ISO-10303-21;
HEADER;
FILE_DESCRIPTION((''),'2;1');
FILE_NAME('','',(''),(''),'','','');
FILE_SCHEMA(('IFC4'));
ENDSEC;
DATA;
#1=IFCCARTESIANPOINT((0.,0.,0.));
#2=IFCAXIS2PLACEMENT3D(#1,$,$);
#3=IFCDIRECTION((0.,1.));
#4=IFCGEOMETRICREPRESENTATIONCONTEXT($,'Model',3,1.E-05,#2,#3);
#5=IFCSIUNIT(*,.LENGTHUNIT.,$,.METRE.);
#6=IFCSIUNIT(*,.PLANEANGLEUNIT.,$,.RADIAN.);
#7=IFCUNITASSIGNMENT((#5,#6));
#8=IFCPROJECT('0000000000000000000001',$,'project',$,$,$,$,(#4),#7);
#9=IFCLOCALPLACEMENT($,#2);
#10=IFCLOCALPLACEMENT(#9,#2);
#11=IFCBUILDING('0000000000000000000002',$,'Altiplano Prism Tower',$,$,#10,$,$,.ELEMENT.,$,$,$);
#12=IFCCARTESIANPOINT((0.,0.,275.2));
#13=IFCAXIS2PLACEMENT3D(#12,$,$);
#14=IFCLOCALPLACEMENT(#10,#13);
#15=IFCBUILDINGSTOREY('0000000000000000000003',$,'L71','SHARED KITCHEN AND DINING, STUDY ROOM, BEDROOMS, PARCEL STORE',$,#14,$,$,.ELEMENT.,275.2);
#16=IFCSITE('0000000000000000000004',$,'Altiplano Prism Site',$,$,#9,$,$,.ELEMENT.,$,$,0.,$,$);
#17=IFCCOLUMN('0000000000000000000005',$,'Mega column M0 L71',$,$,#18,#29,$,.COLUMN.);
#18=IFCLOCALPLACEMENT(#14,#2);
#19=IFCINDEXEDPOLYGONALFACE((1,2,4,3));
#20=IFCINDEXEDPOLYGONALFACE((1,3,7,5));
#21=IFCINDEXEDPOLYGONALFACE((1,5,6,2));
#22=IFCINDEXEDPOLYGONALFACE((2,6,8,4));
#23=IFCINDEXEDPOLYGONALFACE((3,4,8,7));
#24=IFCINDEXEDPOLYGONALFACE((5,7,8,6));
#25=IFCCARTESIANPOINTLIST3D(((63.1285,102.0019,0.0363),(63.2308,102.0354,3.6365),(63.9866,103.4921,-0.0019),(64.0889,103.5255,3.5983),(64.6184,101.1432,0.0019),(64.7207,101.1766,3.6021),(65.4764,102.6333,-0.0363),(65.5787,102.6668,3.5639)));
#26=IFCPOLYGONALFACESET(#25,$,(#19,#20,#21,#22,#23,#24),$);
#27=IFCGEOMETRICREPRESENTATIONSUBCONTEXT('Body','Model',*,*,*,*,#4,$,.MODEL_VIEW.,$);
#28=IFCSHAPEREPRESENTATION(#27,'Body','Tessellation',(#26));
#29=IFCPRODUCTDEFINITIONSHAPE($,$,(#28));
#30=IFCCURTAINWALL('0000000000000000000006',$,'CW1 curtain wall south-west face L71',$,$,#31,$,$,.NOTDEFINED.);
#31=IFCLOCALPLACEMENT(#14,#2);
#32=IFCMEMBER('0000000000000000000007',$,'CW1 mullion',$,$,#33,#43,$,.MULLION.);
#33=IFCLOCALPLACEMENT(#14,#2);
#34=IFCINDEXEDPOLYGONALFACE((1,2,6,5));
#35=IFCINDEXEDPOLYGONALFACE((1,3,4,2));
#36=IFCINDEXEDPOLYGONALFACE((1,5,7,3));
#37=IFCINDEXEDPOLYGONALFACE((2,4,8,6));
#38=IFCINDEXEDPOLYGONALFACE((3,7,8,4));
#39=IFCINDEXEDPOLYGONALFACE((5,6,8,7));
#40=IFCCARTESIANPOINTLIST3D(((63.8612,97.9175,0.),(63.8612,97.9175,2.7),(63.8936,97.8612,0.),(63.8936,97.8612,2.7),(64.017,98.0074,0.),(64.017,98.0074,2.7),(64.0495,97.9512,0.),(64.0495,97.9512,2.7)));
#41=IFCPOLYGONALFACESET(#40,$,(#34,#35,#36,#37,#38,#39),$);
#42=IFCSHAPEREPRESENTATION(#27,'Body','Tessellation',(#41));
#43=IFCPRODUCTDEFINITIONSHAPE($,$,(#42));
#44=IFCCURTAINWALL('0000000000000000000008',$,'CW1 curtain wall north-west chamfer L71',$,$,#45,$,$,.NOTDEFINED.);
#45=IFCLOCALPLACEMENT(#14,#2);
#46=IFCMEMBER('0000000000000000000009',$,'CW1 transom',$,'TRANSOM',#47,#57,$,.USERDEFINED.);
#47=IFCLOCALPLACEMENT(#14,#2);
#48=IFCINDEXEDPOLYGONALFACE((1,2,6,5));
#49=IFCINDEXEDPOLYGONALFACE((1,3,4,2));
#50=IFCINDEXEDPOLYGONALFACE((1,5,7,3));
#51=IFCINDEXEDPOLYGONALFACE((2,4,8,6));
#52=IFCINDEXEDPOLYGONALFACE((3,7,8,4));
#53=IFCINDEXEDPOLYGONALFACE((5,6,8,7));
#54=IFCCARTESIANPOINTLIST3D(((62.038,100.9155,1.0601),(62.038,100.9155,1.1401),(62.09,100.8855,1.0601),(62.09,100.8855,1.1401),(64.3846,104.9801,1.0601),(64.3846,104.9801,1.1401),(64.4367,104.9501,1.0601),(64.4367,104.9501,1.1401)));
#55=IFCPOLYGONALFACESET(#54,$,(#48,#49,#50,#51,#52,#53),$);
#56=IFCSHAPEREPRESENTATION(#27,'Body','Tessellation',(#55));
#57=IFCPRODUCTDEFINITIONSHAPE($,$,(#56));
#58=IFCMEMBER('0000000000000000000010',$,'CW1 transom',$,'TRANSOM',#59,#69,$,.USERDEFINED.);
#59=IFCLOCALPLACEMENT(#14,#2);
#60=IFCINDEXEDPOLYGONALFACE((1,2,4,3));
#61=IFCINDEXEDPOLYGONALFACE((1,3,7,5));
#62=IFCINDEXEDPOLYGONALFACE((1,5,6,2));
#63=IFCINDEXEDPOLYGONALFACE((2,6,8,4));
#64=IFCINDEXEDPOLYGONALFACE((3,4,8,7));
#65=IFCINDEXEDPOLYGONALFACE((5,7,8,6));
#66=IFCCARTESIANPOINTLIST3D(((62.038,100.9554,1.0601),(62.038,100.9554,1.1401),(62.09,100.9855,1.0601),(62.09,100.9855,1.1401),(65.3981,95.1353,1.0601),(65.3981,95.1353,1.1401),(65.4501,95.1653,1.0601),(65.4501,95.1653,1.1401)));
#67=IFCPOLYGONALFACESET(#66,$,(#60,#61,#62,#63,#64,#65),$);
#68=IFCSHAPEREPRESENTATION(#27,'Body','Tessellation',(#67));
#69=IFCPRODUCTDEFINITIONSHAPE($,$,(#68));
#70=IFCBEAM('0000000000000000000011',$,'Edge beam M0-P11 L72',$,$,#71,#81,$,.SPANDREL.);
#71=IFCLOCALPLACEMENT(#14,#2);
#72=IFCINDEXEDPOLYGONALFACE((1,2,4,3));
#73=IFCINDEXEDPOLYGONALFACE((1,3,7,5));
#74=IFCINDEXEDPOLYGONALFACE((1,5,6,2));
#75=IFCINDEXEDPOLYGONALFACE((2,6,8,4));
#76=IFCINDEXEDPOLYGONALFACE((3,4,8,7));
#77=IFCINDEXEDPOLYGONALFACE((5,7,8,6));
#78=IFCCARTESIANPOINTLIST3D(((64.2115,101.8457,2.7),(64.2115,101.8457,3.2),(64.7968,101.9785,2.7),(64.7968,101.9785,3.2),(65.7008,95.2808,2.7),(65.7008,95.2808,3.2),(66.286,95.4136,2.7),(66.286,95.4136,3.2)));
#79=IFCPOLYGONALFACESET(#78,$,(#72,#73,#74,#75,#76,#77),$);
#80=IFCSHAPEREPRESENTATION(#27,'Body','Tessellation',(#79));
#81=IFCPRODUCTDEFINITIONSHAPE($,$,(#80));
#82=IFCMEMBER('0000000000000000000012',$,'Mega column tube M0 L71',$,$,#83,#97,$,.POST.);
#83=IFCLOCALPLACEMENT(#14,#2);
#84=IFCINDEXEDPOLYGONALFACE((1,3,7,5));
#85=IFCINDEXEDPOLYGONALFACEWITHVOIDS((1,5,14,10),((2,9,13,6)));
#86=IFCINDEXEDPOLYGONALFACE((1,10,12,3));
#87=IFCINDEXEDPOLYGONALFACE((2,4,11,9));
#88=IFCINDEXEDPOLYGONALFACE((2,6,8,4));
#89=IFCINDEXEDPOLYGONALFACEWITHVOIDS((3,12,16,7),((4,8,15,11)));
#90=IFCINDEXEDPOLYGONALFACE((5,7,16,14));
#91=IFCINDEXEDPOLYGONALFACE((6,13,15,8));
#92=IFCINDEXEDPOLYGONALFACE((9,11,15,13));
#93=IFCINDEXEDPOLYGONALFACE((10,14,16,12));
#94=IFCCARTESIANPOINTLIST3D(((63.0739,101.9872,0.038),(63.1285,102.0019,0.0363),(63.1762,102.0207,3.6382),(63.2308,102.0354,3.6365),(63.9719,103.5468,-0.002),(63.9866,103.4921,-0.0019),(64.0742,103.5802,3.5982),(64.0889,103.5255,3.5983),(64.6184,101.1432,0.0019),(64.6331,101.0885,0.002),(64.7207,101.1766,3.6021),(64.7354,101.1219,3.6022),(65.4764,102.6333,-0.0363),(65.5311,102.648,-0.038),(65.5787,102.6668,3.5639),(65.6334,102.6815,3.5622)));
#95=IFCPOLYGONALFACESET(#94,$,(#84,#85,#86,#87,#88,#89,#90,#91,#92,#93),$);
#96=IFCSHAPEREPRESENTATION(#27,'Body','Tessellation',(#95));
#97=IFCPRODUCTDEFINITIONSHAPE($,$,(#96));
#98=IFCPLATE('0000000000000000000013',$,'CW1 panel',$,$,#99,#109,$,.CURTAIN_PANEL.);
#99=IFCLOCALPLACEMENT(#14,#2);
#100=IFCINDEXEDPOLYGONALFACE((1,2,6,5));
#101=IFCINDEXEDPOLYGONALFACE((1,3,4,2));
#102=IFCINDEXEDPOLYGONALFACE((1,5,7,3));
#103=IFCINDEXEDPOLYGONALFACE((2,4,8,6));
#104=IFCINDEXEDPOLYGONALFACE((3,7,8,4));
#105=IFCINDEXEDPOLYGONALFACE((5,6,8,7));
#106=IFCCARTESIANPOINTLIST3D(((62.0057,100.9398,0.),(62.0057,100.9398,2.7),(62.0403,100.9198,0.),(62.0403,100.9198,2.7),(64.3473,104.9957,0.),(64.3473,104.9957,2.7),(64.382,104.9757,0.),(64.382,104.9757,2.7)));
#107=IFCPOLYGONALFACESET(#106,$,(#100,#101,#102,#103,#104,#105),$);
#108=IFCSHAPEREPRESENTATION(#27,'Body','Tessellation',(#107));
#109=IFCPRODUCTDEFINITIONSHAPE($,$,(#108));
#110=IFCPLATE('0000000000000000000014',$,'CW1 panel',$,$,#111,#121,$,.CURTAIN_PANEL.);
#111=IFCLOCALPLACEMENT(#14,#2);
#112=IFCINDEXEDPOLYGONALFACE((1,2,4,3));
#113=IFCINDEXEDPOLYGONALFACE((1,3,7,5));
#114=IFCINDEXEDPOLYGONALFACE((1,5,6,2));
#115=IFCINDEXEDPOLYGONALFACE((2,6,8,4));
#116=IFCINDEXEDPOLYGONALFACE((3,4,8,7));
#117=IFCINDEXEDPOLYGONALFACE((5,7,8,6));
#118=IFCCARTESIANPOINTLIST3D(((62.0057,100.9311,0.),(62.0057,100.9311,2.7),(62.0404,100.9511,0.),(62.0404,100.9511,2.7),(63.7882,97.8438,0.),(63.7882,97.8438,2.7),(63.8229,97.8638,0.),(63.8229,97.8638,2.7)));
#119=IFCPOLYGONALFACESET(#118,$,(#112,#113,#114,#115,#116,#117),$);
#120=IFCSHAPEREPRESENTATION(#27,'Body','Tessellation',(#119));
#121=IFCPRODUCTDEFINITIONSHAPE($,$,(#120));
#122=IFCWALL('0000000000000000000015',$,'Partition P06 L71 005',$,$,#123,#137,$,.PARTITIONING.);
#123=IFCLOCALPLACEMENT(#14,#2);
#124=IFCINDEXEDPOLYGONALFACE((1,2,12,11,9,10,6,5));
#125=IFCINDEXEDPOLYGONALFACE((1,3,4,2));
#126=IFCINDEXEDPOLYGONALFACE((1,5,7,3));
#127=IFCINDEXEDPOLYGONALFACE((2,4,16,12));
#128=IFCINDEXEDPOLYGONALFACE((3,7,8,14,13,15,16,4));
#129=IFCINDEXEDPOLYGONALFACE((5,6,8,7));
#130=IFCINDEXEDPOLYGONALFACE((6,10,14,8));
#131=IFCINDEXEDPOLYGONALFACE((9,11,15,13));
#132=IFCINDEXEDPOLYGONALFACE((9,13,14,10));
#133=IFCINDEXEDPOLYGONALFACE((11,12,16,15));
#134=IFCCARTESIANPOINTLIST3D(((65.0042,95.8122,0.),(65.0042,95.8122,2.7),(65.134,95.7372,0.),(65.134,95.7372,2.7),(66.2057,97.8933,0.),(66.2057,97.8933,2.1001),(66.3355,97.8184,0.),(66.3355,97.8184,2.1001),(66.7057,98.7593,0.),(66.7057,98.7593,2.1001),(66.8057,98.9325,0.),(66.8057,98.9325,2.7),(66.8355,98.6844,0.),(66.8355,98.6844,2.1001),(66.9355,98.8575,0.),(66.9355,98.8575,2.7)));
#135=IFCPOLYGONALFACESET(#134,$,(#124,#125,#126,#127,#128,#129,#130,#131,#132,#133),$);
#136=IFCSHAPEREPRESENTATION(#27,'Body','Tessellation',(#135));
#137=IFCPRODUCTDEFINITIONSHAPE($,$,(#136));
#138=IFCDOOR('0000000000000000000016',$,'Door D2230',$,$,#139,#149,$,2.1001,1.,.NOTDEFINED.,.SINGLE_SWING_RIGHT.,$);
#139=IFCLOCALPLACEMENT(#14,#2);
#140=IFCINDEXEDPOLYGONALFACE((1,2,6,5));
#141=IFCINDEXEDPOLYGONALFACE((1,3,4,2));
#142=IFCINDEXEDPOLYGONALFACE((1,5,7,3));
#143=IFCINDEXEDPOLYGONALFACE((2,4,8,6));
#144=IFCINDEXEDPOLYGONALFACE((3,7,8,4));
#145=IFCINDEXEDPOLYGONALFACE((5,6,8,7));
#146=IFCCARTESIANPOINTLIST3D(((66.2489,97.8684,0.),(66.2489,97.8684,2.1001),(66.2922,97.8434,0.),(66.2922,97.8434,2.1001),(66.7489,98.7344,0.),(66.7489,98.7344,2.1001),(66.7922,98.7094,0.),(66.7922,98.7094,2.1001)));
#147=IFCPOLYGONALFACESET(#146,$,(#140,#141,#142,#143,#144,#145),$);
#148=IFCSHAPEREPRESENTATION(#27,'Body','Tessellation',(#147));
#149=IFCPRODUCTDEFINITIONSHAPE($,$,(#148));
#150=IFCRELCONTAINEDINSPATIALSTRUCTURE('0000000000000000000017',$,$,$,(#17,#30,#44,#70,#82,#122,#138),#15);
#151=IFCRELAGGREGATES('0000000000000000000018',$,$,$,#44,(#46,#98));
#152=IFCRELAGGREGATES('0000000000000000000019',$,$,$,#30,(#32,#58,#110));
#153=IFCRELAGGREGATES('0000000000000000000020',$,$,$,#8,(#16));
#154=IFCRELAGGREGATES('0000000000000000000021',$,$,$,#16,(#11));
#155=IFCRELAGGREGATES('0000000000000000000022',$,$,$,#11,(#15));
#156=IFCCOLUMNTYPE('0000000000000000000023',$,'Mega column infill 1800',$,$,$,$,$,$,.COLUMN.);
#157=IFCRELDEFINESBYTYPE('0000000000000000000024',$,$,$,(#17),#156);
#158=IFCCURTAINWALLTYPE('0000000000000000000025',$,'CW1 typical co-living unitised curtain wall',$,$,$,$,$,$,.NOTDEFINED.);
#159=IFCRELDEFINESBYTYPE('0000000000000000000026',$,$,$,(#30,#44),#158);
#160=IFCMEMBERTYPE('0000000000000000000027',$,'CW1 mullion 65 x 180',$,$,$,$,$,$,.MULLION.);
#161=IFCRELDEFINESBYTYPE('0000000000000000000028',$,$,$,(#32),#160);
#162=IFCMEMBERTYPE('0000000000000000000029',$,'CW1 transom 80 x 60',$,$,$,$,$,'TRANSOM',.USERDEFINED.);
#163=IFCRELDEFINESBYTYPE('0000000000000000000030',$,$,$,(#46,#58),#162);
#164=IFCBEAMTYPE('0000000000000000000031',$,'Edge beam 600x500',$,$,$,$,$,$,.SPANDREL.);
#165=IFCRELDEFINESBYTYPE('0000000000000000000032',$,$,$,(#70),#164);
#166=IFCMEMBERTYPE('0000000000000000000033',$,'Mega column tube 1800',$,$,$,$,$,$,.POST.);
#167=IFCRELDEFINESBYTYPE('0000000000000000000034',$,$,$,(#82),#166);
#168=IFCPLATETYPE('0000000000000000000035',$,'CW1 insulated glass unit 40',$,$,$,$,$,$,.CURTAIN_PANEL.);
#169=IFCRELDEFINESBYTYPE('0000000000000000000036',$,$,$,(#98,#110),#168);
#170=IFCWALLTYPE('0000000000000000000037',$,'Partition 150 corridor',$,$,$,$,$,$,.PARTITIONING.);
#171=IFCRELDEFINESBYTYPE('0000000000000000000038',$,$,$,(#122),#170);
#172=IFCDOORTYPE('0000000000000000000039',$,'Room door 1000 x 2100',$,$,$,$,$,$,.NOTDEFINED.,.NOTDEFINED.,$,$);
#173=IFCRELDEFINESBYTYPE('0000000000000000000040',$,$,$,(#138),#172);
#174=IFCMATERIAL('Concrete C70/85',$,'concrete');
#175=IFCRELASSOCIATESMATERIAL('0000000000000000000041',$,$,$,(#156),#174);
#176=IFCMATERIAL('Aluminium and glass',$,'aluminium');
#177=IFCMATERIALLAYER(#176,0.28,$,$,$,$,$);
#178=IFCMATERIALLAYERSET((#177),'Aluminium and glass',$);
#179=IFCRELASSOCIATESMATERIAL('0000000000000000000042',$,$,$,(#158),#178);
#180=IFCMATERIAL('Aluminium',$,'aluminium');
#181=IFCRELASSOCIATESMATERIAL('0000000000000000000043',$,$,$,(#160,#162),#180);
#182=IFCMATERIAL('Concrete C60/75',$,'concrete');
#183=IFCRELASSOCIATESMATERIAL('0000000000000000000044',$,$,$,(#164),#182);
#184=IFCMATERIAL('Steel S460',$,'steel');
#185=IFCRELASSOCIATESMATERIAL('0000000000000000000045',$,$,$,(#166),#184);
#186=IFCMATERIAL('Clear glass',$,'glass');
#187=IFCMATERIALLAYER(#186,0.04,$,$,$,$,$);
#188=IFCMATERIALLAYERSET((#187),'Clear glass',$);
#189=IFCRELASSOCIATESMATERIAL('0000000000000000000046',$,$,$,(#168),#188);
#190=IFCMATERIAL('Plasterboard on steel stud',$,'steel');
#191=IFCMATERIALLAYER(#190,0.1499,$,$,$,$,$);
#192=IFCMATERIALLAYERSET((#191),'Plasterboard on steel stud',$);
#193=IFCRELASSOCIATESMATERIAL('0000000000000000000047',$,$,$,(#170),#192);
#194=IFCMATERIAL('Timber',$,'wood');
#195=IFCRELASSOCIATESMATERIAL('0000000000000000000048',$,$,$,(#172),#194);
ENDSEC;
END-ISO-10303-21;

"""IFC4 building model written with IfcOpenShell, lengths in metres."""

from ifc_helpers import new_model, si_unit, direction, frame, frame_2d, origin, origin_2d, place, context, subcontext, project, spatial, rectangle, hollow_rectangle, extrude, material, layer, layer_set, material_profile, profile_set, type_object, element, fill, aggregate, save


model = new_model("IFC4")

# Units and contexts
model_context = context("Model", 3, precision=1e-05, world=origin(), true_north=direction((0.0, 1.0)))
body_context = subcontext(model_context, "Body", "Model", "MODEL_VIEW")
ifc_project = project(units=[si_unit("LENGTHUNIT", "METRE"), si_unit("PLANEANGLEUNIT", "RADIAN")], contexts=[model_context])

# Site, building, storey
site_placement = place(None, origin())
site = spatial("IfcSite", under=ifc_project, at=site_placement, Name="Altiplano Prism Site", CompositionType="ELEMENT", RefElevation=0.0)
building_placement = place(site_placement, origin())
building = spatial("IfcBuilding", under=site, at=building_placement, Name="Altiplano Prism Tower", CompositionType="ELEMENT")
storey_placement = place(building_placement, frame((0.0, 0.0, 275.2)))
storey = spatial("IfcBuildingStorey", under=building, at=storey_placement, Name="L71", Description="SHARED KITCHEN AND DINING, STUDY ROOM, BEDROOMS, PARCEL STORE", CompositionType="ELEMENT", Elevation=275.2)

# Column
ifc_material_1 = material(Name="Concrete C70/85", Category="concrete")
ifc_material_profile_1 = material_profile(ifc_material_1, rectangle(XDim=1.72, YDim=1.72, at=origin_2d()), Name="Mega column infill 1800")
ifc_profile_set_1 = profile_set([ifc_material_profile_1], Name="Concrete C70/85")
column_type = type_object("IfcColumnType", Name="Mega column infill 1800", PredefinedType="COLUMN", material=ifc_profile_set_1)
column_placement = place(storey_placement, frame((64.3025, 102.3176, 0.0), z_axis=(0.028402, 0.009287, 0.999553), x_axis=(-0.8662, 0.499297, 0.019974)))
element("IfcColumn", 1, at=column_placement, inside=storey, type_object=column_type, Name="Mega column M0 L71", PredefinedType="COLUMN", context=body_context, shape_type="SweptSolid", body=[
    extrude(rectangle(XDim=1.72, YDim=1.72, at=origin_2d()), origin(), (0.0, 0.0, 1.0), 3.6018),
])

# Curtain walls, members
ifc_material_2 = material(Name="Aluminium and glass", Category="aluminium")
ifc_layer_1 = layer(ifc_material_2, 0.28)
ifc_layer_set_1 = layer_set([ifc_layer_1], Name="Aluminium and glass")
curtain_wall_type = type_object("IfcCurtainWallType", Name="CW1 typical co-living unitised curtain wall", PredefinedType="NOTDEFINED", material=ifc_layer_set_1)
curtain_wall_1_placement = place(storey_placement, origin())
curtain_wall_1 = element("IfcCurtainWall", 2, at=curtain_wall_1_placement, inside=storey, type_object=curtain_wall_type, Name="CW1 curtain wall south-west face L71", PredefinedType="NOTDEFINED")
ifc_material_3 = material(Name="Aluminium", Category="aluminium")
ifc_material_profile_2 = material_profile(ifc_material_3, rectangle(XDim=0.1799, YDim=0.0649, at=origin_2d()), Name="CW1 mullion 65 x 180")
ifc_profile_set_2 = profile_set([ifc_material_profile_2], Name="Aluminium")
member_type_1 = type_object("IfcMemberType", Name="CW1 mullion 65 x 180", PredefinedType="MULLION", material=ifc_profile_set_2)
member_1_placement = place(storey_placement, frame((63.9553, 97.9343, 0.0), z_axis=(0.0, 0.0, 1.0), x_axis=(0.866025, 0.5, 0.0)))
member_1 = element("IfcMember", 3, at=member_1_placement, type_object=member_type_1, Name="CW1 mullion", PredefinedType="MULLION", context=body_context, shape_type="SweptSolid", body=[
    extrude(rectangle(XDim=0.1799, YDim=0.0649, at=origin_2d()), origin(), (0.0, 0.0, 1.0), 2.7),
])
curtain_wall_2_placement = place(storey_placement, origin())
curtain_wall_2 = element("IfcCurtainWall", 4, at=curtain_wall_2_placement, inside=storey, type_object=curtain_wall_type, Name="CW1 curtain wall north-west chamfer L71", PredefinedType="NOTDEFINED")
ifc_material_profile_3 = material_profile(ifc_material_3, rectangle(XDim=0.0601, YDim=0.0801, at=origin_2d()), Name="CW1 transom 80 x 60")
ifc_profile_set_3 = profile_set([ifc_material_profile_3], Name="Aluminium")
member_type_2 = type_object("IfcMemberType", Name="CW1 transom 80 x 60", ElementType="TRANSOM", PredefinedType="USERDEFINED", material=ifc_profile_set_3)
member_2_placement = place(storey_placement, frame((64.4106, 104.9651, 1.1001), z_axis=(-0.499988, -0.866032, 0.0), x_axis=(0.866032, -0.499988, 0.0)))
member_2 = element("IfcMember", 5, at=member_2_placement, type_object=member_type_2, Name="CW1 transom", ObjectType="TRANSOM", PredefinedType="USERDEFINED", context=body_context, shape_type="SweptSolid", body=[
    extrude(rectangle(XDim=0.0601, YDim=0.0801, at=origin_2d()), origin(), (0.0, 0.0, 1.0), 4.6934),
])

# Member
member_3_placement = place(storey_placement, frame((62.064, 100.9705, 1.1001), z_axis=(0.499988, -0.866033, 0.0), x_axis=(0.866033, 0.499988, 0.0)))
member_3 = element("IfcMember", 6, at=member_3_placement, type_object=member_type_2, Name="CW1 transom", ObjectType="TRANSOM", PredefinedType="USERDEFINED", context=body_context, shape_type="SweptSolid", body=[
    extrude(rectangle(XDim=0.0601, YDim=0.0801, at=origin_2d()), origin(), (0.0, 0.0, 1.0), 6.7205),
])

# Beam
ifc_material_4 = material(Name="Concrete C60/75", Category="concrete")
ifc_material_profile_4 = material_profile(ifc_material_4, rectangle(XDim=0.6001, YDim=0.5, at=origin_2d()), Name="Edge beam 600x500")
ifc_profile_set_4 = profile_set([ifc_material_profile_4], Name="Concrete C60/75")
beam_type = type_object("IfcBeamType", Name="Edge beam 600x500", PredefinedType="SPANDREL", material=ifc_profile_set_4)
beam_placement = place(storey_placement, frame((64.5042, 101.9121, 2.95), z_axis=(0.221229, -0.975222, 0.0), x_axis=(0.975222, 0.221229, 0.0)))
element("IfcBeam", 7, at=beam_placement, inside=storey, type_object=beam_type, Name="Edge beam M0-P11 L72", PredefinedType="SPANDREL", context=body_context, shape_type="SweptSolid", body=[
    extrude(rectangle(XDim=0.6001, YDim=0.5, at=origin_2d()), origin(), (0.0, 0.0, 1.0), 6.7317),
])

# Member
ifc_material_5 = material(Name="Steel S460", Category="steel")
ifc_material_profile_5 = material_profile(ifc_material_5, hollow_rectangle(XDim=1.8, YDim=1.8, WallThickness=0.04, at=origin_2d()), Name="Mega column tube 1800")
ifc_profile_set_5 = profile_set([ifc_material_profile_5], Name="Steel S460")
member_type_3 = type_object("IfcMemberType", Name="Mega column tube 1800", PredefinedType="POST", material=ifc_profile_set_5)
member_4_placement = place(storey_placement, frame((64.3025, 102.3176, 0.0), z_axis=(0.028402, 0.009287, 0.999553), x_axis=(-0.8662, 0.499297, 0.019974)))
element("IfcMember", 8, at=member_4_placement, inside=storey, type_object=member_type_3, Name="Mega column tube M0 L71", PredefinedType="POST", context=body_context, shape_type="SweptSolid", body=[
    extrude(hollow_rectangle(XDim=1.8, YDim=1.8, WallThickness=0.04, at=origin_2d()), origin(), (0.0, 0.0, 1.0), 3.6018),
])

# Plates
ifc_material_6 = material(Name="Clear glass", Category="glass")
ifc_layer_2 = layer(ifc_material_6, 0.04)
ifc_layer_set_2 = layer_set([ifc_layer_2], Name="Clear glass")
plate_type = type_object("IfcPlateType", Name="CW1 insulated glass unit 40", PredefinedType="CURTAIN_PANEL", material=ifc_layer_set_2)
plate_1_placement = place(storey_placement, frame((63.1938, 102.9578, 0.0), z_axis=(0.0, 0.0, 1.0), x_axis=(-0.5, -0.866025, 0.0)))
plate_1 = element("IfcPlate", 9, at=plate_1_placement, type_object=plate_type, Name="CW1 panel", PredefinedType="CURTAIN_PANEL", context=body_context, shape_type="SweptSolid", body=[
    extrude(rectangle(XDim=4.6833, YDim=0.04, at=origin_2d()), origin(), (0.0, 0.0, 1.0), 2.7),
])
aggregate(curtain_wall_2, [member_2, plate_1])
plate_2_placement = place(storey_placement, frame((62.9143, 99.3975, 0.0), z_axis=(0.0, 0.0, 1.0), x_axis=(0.5, -0.866025, 0.0)))
plate_2 = element("IfcPlate", 10, at=plate_2_placement, type_object=plate_type, Name="CW1 panel", PredefinedType="CURTAIN_PANEL", context=body_context, shape_type="SweptSolid", body=[
    extrude(rectangle(XDim=3.5649, YDim=0.04, at=origin_2d()), origin(), (0.0, 0.0, 1.0), 2.7),
])
aggregate(curtain_wall_1, [member_1, member_3, plate_2])

# Wall, opening, door
ifc_material_7 = material(Name="Plasterboard on steel stud", Category="steel")
ifc_layer_3 = layer(ifc_material_7, 0.1499)
ifc_layer_set_3 = layer_set([ifc_layer_3], Name="Plasterboard on steel stud")
wall_type_1 = type_object("IfcWallType", Name="Partition 150 corridor", PredefinedType="PARTITIONING", material=ifc_layer_set_3)
wall_1_placement = place(storey_placement, frame((66.8706, 98.895, 0.0), z_axis=(0.0, 0.0, 1.0), x_axis=(-0.499994, -0.866029, 0.0)))
wall_1 = element("IfcWall", 11, at=wall_1_placement, inside=storey, type_object=wall_type_1, Name="Partition P06 L71 005", PredefinedType="PARTITIONING", context=body_context, shape_type="SweptSolid", body=[
    extrude(rectangle(XDim=3.603, YDim=0.1499, at=frame_2d((1.8015, 0.0))), origin(), (0.0, 0.0, 1.0), 2.7),
])
opening_1_placement = place(wall_1_placement, frame((0.2, 0.0, 0.0)))
opening_1 = element("IfcOpeningElement", 12, at=opening_1_placement, cuts=wall_1, PredefinedType="OPENING", context=body_context, shape_type="SweptSolid", body=[
    extrude(rectangle(XDim=1.0, YDim=2.1001, at=frame_2d((0.5, 1.05))), frame((0.0, 0.0854, 0.0), z_axis=(0.0, -1.0, 0.0), x_axis=(1.0, 0.0, 0.0)), (0.0, 0.0, 1.0), 0.1709),
])
ifc_material_8 = material(Name="Timber", Category="wood")
door_type_1 = type_object("IfcDoorType", Name="Room door 1000 x 2100", OperationType="NOTDEFINED", PredefinedType="NOTDEFINED", material=ifc_material_8)
door_1_placement = place(opening_1_placement, origin())
door_1 = element("IfcDoor", 13, at=door_1_placement, inside=storey, type_object=door_type_1, Name="Door D2230", OperationType="SINGLE_SWING_RIGHT", OverallHeight=2.1001, OverallWidth=1.0, PredefinedType="NOTDEFINED", context=body_context, shape_type="SweptSolid", body=[
    extrude(rectangle(XDim=1.0, YDim=2.1001, at=frame_2d((0.5, 1.05))), frame((0.0, 0.0249, 0.0), z_axis=(0.0, -1.0, 0.0), x_axis=(1.0, 0.0, 0.0)), (0.0, 0.0, 1.0), 0.05),
])
fill(opening_1, door_1)

save(model, "model.ifc")
